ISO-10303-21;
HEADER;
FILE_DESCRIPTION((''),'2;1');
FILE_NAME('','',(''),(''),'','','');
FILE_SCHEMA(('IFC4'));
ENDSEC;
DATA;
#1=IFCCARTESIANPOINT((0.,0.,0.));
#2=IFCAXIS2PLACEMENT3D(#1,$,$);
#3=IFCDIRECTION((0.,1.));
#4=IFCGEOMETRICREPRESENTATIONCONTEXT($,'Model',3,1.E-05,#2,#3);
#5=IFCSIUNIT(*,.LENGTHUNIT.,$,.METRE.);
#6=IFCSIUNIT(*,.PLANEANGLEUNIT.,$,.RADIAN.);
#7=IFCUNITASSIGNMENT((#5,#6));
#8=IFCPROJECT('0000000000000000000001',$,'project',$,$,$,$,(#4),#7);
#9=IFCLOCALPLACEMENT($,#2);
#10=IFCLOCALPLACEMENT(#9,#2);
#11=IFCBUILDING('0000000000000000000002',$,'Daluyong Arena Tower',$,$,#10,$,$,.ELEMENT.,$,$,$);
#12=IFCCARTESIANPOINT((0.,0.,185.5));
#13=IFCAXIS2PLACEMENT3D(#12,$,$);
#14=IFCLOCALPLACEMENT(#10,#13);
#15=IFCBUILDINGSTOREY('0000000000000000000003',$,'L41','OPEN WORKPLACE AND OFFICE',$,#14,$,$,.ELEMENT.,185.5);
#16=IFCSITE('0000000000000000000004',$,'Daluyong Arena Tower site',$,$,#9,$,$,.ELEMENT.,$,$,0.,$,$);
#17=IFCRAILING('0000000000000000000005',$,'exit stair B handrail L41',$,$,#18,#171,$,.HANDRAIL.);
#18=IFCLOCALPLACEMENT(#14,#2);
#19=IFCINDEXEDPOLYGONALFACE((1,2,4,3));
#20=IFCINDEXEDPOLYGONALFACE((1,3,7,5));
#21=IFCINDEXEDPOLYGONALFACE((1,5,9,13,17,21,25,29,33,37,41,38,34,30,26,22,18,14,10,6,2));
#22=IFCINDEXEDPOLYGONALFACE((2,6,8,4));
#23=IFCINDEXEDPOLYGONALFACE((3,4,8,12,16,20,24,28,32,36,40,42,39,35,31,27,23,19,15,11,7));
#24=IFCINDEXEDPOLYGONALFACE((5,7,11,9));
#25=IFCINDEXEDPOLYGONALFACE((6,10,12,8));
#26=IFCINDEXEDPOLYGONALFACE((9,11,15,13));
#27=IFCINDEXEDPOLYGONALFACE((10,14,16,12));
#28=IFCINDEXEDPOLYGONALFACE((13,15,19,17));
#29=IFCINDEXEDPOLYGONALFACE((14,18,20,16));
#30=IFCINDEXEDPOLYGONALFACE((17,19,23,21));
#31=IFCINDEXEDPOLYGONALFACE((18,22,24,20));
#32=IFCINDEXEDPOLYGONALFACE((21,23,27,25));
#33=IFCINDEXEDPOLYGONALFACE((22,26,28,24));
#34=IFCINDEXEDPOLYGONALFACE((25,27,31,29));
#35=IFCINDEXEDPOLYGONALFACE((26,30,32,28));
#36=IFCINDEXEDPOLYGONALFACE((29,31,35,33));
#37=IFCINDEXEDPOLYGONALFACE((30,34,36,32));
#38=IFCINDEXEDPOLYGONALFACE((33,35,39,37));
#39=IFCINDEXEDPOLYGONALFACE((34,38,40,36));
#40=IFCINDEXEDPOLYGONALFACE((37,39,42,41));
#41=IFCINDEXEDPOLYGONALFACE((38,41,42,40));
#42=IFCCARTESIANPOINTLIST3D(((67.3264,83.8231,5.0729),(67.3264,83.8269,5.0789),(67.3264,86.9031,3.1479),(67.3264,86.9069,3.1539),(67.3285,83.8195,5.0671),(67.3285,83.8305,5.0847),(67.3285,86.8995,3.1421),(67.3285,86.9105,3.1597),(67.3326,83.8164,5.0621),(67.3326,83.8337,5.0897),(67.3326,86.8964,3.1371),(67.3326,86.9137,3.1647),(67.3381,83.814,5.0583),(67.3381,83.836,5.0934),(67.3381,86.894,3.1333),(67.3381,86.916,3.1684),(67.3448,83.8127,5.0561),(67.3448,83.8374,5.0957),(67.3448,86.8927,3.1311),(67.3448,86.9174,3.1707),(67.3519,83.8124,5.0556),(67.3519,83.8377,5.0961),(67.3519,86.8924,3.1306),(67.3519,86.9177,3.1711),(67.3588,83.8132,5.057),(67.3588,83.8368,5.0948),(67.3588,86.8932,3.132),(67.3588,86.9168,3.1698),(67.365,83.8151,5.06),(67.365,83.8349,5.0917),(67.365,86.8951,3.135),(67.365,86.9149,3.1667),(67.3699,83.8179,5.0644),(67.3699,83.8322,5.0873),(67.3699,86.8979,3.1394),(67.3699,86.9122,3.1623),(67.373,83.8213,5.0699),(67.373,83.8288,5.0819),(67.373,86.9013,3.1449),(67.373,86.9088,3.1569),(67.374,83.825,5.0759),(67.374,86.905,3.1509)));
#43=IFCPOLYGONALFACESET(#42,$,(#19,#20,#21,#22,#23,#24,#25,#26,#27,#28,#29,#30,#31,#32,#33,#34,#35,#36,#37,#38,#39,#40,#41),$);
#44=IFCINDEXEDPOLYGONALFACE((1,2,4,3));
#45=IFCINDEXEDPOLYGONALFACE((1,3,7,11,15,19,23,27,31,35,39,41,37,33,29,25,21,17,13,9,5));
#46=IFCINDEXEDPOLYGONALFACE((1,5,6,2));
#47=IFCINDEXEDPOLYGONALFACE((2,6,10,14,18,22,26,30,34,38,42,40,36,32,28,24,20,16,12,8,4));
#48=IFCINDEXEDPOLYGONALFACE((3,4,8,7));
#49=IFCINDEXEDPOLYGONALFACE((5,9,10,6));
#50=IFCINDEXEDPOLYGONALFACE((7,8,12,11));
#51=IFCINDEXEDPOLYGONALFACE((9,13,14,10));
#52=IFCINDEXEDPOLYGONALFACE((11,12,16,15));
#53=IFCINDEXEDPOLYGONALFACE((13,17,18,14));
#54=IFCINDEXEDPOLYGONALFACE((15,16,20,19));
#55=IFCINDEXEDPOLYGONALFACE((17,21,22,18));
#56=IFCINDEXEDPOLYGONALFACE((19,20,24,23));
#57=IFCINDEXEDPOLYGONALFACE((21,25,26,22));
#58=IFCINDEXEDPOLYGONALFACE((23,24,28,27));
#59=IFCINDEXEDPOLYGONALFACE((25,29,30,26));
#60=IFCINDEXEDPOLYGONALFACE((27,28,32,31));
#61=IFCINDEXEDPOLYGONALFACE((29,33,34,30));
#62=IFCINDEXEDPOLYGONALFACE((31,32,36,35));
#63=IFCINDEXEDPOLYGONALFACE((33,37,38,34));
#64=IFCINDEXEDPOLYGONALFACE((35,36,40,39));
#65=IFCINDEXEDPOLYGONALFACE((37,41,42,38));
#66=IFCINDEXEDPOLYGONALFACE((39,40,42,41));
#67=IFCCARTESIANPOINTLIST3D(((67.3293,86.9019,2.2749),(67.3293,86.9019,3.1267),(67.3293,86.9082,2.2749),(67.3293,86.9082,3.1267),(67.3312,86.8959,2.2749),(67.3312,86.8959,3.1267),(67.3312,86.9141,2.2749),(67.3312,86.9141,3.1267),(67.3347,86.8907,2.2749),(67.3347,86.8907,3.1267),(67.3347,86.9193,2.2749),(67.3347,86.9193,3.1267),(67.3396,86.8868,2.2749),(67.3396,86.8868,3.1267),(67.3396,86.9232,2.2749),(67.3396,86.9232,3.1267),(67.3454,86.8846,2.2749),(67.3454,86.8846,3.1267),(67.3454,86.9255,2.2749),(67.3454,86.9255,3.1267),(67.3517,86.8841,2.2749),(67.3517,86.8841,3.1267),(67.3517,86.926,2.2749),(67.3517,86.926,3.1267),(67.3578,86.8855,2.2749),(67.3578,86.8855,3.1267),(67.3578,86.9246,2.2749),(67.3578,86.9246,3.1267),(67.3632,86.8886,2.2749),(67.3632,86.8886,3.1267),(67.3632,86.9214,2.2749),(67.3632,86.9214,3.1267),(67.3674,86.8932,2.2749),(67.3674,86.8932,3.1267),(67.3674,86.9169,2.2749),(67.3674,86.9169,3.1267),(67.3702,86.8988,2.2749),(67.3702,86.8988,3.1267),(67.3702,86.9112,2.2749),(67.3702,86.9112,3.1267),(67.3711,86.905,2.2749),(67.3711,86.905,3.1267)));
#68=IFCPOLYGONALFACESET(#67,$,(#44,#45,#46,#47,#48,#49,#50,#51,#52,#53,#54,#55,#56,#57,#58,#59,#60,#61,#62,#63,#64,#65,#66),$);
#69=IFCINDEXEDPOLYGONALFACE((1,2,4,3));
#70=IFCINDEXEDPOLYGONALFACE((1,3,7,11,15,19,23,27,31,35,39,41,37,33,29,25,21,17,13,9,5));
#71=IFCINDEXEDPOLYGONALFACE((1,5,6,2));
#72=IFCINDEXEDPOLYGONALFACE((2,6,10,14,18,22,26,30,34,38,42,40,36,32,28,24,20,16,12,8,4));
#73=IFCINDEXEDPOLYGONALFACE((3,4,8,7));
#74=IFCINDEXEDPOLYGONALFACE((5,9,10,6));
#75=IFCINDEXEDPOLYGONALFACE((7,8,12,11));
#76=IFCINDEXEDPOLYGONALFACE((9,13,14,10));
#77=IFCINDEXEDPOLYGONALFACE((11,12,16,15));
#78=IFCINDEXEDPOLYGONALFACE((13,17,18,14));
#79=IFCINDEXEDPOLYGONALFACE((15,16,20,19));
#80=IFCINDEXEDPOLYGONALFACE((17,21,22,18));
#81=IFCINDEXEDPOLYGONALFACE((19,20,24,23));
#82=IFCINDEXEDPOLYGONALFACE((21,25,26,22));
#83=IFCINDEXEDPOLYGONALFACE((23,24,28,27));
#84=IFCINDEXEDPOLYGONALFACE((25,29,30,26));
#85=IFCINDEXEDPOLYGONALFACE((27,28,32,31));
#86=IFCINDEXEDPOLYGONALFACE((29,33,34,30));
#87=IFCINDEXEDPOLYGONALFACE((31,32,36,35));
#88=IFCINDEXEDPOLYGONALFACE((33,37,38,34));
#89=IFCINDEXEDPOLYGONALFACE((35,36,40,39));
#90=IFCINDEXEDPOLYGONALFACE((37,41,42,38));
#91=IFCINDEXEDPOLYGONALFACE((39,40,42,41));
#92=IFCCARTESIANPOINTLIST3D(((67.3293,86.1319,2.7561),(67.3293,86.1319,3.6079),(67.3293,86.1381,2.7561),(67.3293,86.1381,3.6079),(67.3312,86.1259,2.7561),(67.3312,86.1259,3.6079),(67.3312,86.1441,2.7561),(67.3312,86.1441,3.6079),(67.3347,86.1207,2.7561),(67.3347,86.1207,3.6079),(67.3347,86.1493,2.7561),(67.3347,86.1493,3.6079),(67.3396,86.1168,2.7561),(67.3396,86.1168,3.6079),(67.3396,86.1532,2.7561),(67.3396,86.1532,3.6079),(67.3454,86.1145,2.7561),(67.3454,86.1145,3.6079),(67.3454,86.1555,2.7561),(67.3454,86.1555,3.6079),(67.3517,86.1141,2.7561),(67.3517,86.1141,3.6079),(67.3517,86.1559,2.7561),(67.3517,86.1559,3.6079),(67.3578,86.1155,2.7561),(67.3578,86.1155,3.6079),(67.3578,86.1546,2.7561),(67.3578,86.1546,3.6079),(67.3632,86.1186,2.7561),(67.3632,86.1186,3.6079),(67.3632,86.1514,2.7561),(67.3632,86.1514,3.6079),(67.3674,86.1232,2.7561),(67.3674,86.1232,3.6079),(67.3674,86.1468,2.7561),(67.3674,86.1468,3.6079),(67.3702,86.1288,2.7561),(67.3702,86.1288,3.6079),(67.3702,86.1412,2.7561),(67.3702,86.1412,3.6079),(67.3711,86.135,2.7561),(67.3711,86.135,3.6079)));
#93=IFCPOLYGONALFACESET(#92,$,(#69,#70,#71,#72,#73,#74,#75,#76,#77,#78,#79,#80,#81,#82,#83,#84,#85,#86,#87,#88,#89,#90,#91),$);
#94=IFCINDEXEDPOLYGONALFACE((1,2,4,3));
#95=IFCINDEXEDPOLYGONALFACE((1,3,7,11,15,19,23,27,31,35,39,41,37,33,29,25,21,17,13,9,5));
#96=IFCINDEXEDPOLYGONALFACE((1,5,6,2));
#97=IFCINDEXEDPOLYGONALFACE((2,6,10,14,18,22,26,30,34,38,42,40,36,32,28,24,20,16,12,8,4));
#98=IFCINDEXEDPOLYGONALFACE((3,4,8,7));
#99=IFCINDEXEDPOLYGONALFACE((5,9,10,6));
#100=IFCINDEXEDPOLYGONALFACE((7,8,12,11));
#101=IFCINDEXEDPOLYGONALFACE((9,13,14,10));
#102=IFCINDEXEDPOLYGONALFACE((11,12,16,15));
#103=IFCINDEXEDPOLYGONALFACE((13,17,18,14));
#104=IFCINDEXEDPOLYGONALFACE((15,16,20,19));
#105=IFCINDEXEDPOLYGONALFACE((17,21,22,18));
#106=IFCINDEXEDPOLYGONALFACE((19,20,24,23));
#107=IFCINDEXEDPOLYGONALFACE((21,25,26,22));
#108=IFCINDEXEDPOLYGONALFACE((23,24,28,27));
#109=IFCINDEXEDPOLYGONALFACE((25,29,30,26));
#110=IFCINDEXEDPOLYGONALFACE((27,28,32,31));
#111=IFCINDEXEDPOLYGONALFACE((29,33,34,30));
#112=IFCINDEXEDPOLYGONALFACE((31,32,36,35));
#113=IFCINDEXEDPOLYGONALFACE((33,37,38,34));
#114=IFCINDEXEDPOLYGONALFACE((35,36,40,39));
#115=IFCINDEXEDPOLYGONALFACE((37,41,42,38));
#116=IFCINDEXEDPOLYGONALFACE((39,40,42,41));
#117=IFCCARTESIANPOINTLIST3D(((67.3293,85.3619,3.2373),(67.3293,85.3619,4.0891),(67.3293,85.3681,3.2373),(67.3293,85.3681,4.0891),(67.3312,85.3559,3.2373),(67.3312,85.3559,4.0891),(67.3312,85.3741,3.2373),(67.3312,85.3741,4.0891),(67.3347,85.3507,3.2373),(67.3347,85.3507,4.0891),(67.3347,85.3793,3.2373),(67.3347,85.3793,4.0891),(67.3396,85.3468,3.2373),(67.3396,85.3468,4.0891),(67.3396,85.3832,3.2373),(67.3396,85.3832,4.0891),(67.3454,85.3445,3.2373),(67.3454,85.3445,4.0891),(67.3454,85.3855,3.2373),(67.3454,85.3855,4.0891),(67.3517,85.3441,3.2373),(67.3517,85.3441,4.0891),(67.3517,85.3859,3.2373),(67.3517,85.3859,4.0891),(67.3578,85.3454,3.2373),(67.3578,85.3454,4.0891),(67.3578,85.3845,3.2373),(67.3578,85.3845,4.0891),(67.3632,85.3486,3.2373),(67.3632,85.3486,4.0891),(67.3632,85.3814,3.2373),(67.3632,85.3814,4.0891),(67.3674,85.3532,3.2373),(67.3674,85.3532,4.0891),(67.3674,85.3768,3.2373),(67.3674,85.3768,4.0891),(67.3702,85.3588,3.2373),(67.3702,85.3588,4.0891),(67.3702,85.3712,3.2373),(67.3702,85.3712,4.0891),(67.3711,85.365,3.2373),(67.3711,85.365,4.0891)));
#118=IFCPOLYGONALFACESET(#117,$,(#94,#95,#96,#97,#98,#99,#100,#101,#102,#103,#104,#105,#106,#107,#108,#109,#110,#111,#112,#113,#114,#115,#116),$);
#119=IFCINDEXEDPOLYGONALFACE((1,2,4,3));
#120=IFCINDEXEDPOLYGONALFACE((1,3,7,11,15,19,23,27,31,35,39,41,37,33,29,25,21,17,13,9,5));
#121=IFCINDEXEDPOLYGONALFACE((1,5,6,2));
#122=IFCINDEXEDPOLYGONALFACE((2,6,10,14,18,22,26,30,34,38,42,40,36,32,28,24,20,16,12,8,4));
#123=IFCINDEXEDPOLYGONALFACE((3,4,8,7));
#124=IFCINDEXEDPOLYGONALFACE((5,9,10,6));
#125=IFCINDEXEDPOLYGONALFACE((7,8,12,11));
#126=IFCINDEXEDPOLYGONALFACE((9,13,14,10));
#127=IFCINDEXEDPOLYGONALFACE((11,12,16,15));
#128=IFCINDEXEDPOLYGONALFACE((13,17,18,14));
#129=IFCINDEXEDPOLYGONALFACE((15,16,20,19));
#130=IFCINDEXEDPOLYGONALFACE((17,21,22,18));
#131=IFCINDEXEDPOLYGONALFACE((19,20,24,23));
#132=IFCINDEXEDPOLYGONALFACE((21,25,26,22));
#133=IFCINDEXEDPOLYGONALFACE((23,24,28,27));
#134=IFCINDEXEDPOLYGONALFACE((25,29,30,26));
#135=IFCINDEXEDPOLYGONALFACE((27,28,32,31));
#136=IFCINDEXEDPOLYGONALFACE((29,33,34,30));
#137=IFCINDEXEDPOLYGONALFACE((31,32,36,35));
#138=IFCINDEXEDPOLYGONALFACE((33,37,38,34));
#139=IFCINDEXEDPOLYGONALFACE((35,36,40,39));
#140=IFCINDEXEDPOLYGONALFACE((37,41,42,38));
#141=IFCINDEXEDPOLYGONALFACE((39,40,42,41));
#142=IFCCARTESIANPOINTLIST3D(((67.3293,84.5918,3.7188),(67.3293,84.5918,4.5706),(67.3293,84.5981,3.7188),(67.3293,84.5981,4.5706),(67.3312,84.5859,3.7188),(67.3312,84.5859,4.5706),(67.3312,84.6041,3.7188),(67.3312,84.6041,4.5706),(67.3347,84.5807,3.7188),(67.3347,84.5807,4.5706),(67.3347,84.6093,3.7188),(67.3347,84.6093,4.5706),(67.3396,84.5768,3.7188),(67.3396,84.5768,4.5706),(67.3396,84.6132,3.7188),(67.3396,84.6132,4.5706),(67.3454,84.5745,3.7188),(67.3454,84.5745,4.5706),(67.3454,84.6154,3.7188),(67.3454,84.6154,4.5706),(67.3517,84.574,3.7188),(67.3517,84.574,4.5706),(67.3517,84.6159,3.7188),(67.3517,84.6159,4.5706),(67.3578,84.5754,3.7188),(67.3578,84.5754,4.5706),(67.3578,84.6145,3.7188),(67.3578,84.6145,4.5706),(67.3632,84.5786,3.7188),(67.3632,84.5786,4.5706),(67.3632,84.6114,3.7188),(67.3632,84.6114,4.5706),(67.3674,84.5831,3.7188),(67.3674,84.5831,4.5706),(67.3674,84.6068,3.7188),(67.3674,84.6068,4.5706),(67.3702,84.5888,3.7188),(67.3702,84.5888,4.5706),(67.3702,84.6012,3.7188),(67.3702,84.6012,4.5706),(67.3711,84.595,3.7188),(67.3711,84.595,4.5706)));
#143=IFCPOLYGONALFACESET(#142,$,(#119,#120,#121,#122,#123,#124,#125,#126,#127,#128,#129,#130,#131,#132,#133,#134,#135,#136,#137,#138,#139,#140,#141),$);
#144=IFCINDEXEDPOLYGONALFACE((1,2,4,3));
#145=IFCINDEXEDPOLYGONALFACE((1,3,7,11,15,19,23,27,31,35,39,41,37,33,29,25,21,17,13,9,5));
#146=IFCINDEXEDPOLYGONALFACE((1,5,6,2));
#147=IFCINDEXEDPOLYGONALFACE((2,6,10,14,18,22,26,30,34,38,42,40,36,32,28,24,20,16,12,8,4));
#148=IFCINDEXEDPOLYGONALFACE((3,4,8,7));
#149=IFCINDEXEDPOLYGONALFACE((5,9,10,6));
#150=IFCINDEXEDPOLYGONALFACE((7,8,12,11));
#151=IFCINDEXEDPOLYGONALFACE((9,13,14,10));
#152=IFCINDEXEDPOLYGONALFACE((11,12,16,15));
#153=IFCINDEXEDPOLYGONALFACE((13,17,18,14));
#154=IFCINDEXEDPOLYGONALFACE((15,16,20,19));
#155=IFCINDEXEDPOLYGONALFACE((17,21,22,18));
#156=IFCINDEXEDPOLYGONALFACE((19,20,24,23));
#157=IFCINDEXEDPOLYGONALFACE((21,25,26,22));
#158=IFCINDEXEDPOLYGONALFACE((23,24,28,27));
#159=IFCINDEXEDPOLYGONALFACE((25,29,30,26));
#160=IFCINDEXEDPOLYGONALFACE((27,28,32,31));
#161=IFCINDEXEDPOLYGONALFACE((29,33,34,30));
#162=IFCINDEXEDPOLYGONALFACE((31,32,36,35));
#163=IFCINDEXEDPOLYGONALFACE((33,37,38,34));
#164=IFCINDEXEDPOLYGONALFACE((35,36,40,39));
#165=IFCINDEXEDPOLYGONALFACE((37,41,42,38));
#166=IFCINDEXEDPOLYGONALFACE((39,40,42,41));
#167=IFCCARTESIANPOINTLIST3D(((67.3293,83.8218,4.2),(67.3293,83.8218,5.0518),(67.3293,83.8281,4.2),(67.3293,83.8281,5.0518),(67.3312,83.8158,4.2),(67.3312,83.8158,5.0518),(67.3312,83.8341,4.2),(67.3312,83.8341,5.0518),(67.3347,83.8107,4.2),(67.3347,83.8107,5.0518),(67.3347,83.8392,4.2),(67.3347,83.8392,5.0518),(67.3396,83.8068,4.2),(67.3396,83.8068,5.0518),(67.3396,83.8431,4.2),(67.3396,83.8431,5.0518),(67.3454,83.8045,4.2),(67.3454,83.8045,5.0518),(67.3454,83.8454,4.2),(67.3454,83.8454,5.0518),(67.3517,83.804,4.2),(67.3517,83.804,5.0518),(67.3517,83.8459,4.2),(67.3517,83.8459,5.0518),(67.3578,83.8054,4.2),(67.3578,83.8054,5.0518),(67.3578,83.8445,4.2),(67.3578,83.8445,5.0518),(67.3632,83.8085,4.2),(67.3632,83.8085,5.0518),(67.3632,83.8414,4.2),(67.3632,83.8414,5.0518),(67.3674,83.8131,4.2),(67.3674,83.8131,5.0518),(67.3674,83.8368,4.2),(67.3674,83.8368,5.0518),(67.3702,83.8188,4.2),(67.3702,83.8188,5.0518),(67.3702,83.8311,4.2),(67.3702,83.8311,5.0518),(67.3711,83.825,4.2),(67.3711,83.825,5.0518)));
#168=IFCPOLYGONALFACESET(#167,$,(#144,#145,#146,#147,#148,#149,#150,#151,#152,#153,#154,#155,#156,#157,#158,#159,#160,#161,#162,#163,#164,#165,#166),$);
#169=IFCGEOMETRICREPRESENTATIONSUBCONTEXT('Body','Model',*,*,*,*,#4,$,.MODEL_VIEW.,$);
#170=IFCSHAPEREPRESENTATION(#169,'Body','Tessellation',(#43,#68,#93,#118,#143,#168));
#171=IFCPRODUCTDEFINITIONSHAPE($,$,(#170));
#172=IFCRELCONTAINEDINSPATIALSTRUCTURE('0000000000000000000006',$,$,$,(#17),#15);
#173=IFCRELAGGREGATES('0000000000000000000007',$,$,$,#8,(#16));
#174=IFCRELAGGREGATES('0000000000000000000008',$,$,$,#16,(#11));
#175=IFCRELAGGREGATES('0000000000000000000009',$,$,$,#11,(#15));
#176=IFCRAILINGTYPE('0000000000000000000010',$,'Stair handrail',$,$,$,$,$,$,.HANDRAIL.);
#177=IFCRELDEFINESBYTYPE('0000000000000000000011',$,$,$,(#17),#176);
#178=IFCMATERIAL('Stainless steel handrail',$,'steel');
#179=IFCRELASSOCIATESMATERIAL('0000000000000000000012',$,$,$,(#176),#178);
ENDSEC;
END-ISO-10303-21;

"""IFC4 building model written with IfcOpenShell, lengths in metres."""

from ifc_helpers import new_model, si_unit, direction, frame, origin, origin_2d, place, context, subcontext, project, spatial, circle, extrude, material, type_object, element, save


model = new_model("IFC4")

# Units and contexts
model_context = context("Model", 3, precision=1e-05, world=origin(), true_north=direction((0.0, 1.0)))
body_context = subcontext(model_context, "Body", "Model", "MODEL_VIEW")
ifc_project = project(units=[si_unit("LENGTHUNIT", "METRE"), si_unit("PLANEANGLEUNIT", "RADIAN")], contexts=[model_context])

# Site, building, storey
site_placement = place(None, origin())
site = spatial("IfcSite", under=ifc_project, at=site_placement, Name="Daluyong Arena Tower site", CompositionType="ELEMENT", RefElevation=0.0)
building_placement = place(site_placement, origin())
building = spatial("IfcBuilding", under=site, at=building_placement, Name="Daluyong Arena Tower", CompositionType="ELEMENT")
storey_placement = place(building_placement, frame((0.0, 0.0, 185.5)))
storey = spatial("IfcBuildingStorey", under=building, at=storey_placement, Name="L41", Description="OPEN WORKPLACE AND OFFICE", CompositionType="ELEMENT", Elevation=185.5)

# Railing
ifc_material_1 = material(Name="Stainless steel handrail", Category="steel")
railing_type_1 = type_object("IfcRailingType", Name="Stair handrail", PredefinedType="HANDRAIL", material=ifc_material_1)
railing_1_placement = place(storey_placement, frame((67.3501, 86.905, 2.2749)))
element("IfcRailing", 1, at=railing_1_placement, inside=storey, type_object=railing_type_1, Name="exit stair B handrail L41", PredefinedType="HANDRAIL", context=body_context, shape_type="SweptSolid", body=[
    extrude(circle(Radius=0.0239, at=origin_2d()), frame((0.0, 0.0, 0.876), z_axis=(0.0, -0.847998, 0.529999), x_axis=(1.0, 0.0, 0.0)), (0.0, 0.0, 1.0), 3.6321),
    extrude(circle(Radius=0.021, at=origin_2d()), origin(), (0.0, 0.0, 1.0), 0.8518),
    extrude(circle(Radius=0.021, at=origin_2d()), frame((0.0, -0.77, 0.4812)), (0.0, 0.0, 1.0), 0.8518),
    extrude(circle(Radius=0.021, at=origin_2d()), frame((0.0, -1.54, 0.9624)), (0.0, 0.0, 1.0), 0.8518),
    extrude(circle(Radius=0.021, at=origin_2d()), frame((0.0, -2.3101, 1.4438)), (0.0, 0.0, 1.0), 0.8518),
    extrude(circle(Radius=0.021, at=origin_2d()), frame((0.0, -3.0801, 1.925)), (0.0, 0.0, 1.0), 0.8518),
])

save(model, "model.ifc")
